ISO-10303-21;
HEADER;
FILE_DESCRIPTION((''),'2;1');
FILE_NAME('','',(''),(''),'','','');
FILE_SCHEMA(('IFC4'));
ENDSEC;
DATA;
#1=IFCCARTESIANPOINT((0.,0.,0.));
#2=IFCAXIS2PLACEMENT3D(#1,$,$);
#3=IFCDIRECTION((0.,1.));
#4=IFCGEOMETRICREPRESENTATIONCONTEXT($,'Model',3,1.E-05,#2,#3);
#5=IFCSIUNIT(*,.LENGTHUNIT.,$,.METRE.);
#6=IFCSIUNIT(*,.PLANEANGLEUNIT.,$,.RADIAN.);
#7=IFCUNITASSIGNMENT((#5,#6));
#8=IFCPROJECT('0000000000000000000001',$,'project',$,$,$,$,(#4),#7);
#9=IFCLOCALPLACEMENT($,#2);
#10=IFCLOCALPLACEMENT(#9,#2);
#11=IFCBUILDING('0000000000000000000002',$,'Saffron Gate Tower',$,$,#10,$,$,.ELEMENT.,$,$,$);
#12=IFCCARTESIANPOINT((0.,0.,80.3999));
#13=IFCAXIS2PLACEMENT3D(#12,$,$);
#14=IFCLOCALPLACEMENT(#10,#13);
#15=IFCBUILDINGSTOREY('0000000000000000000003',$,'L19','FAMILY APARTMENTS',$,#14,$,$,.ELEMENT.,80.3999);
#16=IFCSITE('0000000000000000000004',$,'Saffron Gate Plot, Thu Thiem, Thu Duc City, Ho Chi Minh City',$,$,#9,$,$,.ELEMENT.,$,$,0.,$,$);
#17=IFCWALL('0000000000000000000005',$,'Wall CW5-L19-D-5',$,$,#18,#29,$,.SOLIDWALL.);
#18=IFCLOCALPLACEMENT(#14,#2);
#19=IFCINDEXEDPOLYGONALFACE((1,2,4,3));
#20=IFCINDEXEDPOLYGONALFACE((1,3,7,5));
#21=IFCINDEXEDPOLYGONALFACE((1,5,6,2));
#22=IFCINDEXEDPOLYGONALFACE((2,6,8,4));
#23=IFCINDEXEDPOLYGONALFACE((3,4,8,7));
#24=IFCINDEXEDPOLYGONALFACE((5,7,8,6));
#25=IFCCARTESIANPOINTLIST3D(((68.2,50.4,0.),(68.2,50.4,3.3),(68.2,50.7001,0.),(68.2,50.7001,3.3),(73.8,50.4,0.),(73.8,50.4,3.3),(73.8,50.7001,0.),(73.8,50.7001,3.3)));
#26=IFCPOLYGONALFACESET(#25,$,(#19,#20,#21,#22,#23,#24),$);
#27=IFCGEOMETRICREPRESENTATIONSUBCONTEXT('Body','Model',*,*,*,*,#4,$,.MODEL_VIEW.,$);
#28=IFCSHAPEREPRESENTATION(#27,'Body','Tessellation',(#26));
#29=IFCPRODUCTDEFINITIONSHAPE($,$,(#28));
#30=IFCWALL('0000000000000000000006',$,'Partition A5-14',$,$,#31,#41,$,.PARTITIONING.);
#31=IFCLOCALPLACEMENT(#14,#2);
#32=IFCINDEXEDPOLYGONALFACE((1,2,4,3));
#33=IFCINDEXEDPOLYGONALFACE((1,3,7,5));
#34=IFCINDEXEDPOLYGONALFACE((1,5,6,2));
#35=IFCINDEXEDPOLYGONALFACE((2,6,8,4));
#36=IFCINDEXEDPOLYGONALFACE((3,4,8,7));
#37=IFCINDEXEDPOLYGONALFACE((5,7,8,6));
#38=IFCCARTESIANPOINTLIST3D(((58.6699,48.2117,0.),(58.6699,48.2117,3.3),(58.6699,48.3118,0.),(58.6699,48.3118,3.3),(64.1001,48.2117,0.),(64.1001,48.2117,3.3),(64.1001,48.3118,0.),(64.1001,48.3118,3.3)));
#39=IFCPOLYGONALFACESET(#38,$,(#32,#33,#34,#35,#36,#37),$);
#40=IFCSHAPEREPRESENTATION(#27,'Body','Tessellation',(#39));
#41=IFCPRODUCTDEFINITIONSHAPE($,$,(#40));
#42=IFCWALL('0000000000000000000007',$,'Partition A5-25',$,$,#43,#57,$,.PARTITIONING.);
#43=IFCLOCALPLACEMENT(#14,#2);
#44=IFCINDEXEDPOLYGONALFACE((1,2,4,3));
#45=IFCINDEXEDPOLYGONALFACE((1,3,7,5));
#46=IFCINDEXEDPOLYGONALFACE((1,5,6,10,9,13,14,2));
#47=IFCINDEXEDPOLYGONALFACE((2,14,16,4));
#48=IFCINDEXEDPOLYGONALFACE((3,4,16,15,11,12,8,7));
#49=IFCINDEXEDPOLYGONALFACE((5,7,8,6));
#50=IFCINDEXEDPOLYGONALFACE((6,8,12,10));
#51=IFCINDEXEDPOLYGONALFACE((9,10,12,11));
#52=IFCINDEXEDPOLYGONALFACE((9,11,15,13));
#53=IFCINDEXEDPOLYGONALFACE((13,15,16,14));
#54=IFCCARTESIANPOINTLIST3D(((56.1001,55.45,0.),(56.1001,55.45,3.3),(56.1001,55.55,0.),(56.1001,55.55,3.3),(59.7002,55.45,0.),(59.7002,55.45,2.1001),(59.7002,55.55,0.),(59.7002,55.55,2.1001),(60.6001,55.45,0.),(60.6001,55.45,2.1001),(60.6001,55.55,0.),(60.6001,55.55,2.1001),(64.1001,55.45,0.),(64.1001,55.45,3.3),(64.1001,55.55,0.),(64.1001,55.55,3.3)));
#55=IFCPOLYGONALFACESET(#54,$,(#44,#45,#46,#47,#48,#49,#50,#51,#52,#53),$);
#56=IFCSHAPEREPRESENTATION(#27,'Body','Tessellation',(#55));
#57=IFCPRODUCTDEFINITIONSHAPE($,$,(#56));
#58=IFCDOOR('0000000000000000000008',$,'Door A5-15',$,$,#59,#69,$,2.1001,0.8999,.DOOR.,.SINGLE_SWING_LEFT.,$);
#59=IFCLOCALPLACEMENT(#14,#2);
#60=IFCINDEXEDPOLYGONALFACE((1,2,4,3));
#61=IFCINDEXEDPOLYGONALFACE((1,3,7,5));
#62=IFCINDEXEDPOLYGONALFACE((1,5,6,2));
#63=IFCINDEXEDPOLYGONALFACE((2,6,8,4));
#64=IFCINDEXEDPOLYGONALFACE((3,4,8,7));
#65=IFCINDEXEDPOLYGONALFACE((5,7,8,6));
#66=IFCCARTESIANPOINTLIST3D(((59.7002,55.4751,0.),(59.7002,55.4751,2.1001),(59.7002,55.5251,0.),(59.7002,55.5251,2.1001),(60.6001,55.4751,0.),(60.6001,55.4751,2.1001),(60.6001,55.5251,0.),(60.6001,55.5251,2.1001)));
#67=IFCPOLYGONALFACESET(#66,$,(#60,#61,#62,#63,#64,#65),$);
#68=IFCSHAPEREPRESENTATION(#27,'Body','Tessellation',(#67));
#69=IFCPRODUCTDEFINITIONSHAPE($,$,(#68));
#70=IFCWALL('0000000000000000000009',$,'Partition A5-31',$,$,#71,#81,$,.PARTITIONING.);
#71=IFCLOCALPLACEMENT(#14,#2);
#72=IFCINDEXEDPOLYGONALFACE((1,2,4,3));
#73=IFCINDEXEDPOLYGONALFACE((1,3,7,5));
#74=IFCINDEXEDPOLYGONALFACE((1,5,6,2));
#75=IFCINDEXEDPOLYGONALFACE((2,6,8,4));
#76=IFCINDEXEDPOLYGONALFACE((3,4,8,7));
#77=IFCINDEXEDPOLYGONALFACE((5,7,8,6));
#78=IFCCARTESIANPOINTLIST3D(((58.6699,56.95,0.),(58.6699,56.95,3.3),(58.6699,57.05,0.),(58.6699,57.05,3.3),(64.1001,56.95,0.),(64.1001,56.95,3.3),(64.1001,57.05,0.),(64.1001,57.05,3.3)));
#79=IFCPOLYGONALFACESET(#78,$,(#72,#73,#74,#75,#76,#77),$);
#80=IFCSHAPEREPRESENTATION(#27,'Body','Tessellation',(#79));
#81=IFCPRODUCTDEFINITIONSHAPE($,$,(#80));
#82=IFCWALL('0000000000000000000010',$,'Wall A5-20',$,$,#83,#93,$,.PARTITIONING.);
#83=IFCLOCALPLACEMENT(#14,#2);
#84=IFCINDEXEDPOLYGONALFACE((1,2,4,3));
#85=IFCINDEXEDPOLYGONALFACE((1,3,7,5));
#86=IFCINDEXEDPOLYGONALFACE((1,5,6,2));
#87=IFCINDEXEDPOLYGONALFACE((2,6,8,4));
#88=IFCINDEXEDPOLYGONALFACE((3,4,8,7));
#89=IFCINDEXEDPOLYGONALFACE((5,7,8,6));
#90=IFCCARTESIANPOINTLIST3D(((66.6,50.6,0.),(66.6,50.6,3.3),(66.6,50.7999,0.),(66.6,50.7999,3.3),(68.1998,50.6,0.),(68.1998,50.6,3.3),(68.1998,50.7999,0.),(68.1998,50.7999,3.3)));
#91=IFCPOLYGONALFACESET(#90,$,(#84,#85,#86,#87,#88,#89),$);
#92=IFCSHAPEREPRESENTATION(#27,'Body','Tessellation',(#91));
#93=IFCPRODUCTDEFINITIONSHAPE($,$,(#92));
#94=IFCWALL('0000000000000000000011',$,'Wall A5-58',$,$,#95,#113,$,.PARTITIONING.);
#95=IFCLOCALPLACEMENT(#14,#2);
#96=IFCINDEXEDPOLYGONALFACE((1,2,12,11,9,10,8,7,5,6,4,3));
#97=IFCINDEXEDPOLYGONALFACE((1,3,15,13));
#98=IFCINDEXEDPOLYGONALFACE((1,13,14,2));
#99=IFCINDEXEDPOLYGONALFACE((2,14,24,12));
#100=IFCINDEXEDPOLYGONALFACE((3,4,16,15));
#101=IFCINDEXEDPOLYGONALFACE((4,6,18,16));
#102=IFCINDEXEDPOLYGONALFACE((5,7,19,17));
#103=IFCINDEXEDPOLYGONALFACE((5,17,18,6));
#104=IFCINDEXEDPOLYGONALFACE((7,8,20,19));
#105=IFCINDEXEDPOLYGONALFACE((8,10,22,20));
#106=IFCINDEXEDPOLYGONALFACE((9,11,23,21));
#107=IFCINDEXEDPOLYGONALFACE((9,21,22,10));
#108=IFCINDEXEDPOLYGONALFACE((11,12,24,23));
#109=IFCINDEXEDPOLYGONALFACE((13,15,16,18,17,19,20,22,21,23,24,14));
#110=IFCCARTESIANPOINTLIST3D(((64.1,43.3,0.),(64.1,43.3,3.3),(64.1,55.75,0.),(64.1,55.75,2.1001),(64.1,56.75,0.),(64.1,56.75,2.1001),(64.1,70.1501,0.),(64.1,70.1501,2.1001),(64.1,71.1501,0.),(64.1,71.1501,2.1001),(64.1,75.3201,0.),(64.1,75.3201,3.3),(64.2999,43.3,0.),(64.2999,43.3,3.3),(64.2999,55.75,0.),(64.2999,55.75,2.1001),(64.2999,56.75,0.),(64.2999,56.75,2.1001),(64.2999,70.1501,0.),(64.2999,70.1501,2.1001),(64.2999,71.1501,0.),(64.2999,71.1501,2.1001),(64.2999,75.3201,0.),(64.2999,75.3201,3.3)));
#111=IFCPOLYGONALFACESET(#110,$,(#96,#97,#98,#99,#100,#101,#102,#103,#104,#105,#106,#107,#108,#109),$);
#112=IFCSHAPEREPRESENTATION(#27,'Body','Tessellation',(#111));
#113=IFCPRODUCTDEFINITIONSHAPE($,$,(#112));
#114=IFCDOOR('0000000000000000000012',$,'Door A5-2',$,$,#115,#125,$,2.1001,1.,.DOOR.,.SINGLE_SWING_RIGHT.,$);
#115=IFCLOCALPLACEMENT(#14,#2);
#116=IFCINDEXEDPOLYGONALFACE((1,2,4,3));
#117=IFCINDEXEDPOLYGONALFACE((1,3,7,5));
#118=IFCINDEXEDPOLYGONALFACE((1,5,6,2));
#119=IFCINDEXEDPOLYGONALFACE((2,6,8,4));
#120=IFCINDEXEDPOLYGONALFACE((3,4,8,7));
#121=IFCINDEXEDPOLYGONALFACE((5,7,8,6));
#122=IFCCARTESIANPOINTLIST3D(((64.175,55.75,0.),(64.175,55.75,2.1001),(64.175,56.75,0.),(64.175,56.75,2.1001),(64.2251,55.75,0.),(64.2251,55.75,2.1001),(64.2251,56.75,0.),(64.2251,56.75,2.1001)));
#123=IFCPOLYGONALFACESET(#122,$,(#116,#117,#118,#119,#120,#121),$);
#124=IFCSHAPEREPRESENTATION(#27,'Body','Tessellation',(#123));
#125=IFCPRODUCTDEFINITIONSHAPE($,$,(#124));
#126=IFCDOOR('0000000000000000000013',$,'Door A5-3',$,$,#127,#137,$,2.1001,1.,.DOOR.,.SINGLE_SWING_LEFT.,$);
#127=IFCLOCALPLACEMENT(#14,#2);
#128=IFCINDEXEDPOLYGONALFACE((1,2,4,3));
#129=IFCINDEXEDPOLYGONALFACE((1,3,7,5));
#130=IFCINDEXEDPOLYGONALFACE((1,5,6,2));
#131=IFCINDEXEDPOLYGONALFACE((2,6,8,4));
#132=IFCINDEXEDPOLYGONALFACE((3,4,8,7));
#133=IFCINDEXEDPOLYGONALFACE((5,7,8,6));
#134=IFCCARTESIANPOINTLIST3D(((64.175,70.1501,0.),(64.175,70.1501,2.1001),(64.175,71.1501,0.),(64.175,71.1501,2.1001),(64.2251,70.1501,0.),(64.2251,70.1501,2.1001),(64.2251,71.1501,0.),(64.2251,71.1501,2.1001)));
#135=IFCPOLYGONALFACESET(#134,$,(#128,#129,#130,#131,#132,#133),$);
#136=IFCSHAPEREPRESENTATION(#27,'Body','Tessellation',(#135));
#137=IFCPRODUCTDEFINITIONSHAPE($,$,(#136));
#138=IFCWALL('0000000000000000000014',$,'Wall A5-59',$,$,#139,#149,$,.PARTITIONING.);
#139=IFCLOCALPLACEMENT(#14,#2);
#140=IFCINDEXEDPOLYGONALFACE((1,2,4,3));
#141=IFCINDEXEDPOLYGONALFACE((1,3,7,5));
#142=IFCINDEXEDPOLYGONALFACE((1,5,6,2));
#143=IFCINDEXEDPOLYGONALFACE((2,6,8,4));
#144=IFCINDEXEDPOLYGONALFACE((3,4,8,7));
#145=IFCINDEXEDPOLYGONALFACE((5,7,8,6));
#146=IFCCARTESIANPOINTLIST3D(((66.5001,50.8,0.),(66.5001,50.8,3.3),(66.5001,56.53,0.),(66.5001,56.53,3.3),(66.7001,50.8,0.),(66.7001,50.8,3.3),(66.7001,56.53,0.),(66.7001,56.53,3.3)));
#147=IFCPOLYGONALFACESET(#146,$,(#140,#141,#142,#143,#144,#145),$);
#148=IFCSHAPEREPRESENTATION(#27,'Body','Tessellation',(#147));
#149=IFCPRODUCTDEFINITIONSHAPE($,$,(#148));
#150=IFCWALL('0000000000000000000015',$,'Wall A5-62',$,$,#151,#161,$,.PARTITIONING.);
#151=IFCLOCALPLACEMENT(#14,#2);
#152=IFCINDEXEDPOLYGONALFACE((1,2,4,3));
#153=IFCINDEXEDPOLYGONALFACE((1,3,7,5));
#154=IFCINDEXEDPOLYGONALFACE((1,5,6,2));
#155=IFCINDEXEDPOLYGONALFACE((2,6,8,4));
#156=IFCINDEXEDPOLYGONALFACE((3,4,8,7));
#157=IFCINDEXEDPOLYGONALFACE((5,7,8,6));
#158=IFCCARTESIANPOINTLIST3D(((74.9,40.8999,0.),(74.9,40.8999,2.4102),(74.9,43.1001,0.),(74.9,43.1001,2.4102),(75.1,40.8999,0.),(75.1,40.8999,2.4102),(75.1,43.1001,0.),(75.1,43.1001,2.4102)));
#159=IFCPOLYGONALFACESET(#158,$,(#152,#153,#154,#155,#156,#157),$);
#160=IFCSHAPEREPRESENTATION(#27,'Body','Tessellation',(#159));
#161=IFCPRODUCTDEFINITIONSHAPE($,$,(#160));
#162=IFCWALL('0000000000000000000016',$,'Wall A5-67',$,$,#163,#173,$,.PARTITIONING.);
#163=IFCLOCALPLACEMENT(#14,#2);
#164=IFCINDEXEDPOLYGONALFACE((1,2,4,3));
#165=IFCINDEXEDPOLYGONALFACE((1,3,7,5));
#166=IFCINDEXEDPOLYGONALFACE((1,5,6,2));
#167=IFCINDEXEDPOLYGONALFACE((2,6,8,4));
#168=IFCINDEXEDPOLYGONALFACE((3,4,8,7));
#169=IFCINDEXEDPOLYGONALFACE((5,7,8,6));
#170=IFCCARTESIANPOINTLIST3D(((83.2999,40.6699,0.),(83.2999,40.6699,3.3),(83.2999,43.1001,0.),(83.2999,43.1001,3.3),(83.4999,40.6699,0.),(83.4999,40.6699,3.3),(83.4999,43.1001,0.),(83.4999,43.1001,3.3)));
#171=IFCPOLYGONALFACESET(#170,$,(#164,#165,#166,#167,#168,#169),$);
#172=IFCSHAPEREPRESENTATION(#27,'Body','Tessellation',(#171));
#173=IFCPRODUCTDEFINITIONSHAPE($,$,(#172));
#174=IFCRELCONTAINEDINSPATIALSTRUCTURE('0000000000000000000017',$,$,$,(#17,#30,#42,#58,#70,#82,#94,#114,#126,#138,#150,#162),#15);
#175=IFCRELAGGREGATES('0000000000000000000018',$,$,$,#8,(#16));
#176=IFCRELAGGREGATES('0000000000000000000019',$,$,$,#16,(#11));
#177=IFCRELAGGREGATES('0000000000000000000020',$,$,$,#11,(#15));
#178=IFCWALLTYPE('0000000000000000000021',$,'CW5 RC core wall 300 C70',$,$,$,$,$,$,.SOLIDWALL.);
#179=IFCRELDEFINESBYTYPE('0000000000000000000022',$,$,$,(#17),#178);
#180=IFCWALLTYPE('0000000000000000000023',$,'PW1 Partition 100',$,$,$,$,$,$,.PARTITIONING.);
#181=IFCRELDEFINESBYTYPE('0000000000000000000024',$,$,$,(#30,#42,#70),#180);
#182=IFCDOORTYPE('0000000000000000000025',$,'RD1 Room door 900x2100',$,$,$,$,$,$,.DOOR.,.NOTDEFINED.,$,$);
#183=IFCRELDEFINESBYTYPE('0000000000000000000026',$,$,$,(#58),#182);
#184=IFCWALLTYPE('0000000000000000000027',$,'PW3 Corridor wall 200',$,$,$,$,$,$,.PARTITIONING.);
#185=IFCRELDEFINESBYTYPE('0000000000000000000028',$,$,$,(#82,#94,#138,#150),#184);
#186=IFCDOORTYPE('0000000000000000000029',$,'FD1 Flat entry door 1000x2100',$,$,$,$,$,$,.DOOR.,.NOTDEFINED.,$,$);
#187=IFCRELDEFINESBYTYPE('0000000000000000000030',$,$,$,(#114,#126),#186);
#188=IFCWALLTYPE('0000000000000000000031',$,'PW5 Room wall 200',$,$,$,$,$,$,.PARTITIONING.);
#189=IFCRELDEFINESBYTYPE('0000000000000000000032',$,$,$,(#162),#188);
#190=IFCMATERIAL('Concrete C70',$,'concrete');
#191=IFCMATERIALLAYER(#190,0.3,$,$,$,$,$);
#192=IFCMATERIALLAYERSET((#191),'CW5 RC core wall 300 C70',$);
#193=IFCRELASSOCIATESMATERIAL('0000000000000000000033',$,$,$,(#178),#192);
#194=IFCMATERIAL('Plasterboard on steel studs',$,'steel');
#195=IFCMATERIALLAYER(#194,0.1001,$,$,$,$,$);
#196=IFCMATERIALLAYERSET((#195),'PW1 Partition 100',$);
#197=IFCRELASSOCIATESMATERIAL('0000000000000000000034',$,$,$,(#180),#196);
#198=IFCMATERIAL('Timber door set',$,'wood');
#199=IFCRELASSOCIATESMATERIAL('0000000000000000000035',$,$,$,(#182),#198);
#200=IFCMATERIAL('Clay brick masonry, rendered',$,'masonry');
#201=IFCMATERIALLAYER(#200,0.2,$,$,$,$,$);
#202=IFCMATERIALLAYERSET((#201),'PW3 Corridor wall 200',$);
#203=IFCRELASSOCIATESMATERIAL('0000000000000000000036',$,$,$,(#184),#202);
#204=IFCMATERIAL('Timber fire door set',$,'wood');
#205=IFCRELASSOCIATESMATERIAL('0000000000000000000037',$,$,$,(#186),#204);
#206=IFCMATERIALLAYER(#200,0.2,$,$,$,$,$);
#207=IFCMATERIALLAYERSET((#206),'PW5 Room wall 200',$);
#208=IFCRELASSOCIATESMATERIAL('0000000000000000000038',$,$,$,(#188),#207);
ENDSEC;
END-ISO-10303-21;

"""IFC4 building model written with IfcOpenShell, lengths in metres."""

from ifc_helpers import new_model, si_unit, direction, frame, frame_2d, origin, place, context, subcontext, project, spatial, rectangle, extrude, material, layer, layer_set, type_object, element, fill, save


model = new_model("IFC4")

# Units and contexts
model_context = context("Model", 3, precision=1e-05, world=origin(), true_north=direction((0.0, 1.0)))
body_context = subcontext(model_context, "Body", "Model", "MODEL_VIEW")
ifc_project = project(units=[si_unit("LENGTHUNIT", "METRE"), si_unit("PLANEANGLEUNIT", "RADIAN")], contexts=[model_context])

# Site, building, storey
site_placement = place(None, origin())
site = spatial("IfcSite", under=ifc_project, at=site_placement, Name="Saffron Gate Plot, Thu Thiem, Thu Duc City, Ho Chi Minh City", CompositionType="ELEMENT", RefElevation=0.0)
building_placement = place(site_placement, origin())
building = spatial("IfcBuilding", under=site, at=building_placement, Name="Saffron Gate Tower", CompositionType="ELEMENT")
storey_placement = place(building_placement, frame((0.0, 0.0, 80.3999)))
storey = spatial("IfcBuildingStorey", under=building, at=storey_placement, Name="L19", Description="FAMILY APARTMENTS", CompositionType="ELEMENT", Elevation=80.3999)

# Shared definitions
ifc_material_1 = material(Name="Concrete C70", Category="concrete")

# Shared definitions
ifc_layer_1 = layer(ifc_material_1, 0.3)
ifc_layer_set_1 = layer_set([ifc_layer_1], Name="CW5 RC core wall 300 C70")
wall_type_1 = type_object("IfcWallType", Name="CW5 RC core wall 300 C70", PredefinedType="SOLIDWALL", material=ifc_layer_set_1)

# Walls
wall_1_placement = place(storey_placement, frame((68.2, 50.55, 0.0), z_axis=(0.0, 0.0, 1.0), x_axis=(1.0, 0.0, 0.0)))
element("IfcWall", 1, at=wall_1_placement, inside=storey, type_object=wall_type_1, Name="Wall CW5-L19-D-5", PredefinedType="SOLIDWALL", context=body_context, shape_type="SweptSolid", body=[
    extrude(rectangle(XDim=5.6001, YDim=0.3, at=frame_2d((2.8, 0.0))), origin(), (0.0, 0.0, 1.0), 3.3),
])
ifc_material_2 = material(Name="Plasterboard on steel studs", Category="steel")
ifc_layer_2 = layer(ifc_material_2, 0.1001)
ifc_layer_set_2 = layer_set([ifc_layer_2], Name="PW1 Partition 100")
wall_type_2 = type_object("IfcWallType", Name="PW1 Partition 100", PredefinedType="PARTITIONING", material=ifc_layer_set_2)
wall_2_placement = place(storey_placement, frame((58.6699, 48.2617, 0.0), z_axis=(0.0, 0.0, 1.0), x_axis=(1.0, 0.0, 0.0)))
element("IfcWall", 2, at=wall_2_placement, inside=storey, type_object=wall_type_2, Name="Partition A5-14", PredefinedType="PARTITIONING", context=body_context, shape_type="SweptSolid", body=[
    extrude(rectangle(XDim=5.4302, YDim=0.1001, at=frame_2d((2.7151, 0.0))), origin(), (0.0, 0.0, 1.0), 3.3),
])

# Wall, opening, door
wall_3_placement = place(storey_placement, frame((64.1001, 55.5, 0.0), z_axis=(0.0, 0.0, 1.0), x_axis=(-1.0, 0.0, 0.0)))
wall_3 = element("IfcWall", 3, at=wall_3_placement, inside=storey, type_object=wall_type_2, Name="Partition A5-25", PredefinedType="PARTITIONING", context=body_context, shape_type="SweptSolid", body=[
    extrude(rectangle(XDim=8.0, YDim=0.1001, at=frame_2d((4.0, 0.0))), origin(), (0.0, 0.0, 1.0), 3.3),
])
opening_1_placement = place(wall_3_placement, frame((3.5, 0.0, 0.0)))
opening_1 = element("IfcOpeningElement", 4, at=opening_1_placement, cuts=wall_3, PredefinedType="OPENING", context=body_context, shape_type="SweptSolid", body=[
    extrude(rectangle(XDim=0.8999, YDim=2.1001, at=frame_2d((0.45, 1.05))), frame((0.0, 0.0601, 0.0), z_axis=(0.0, -1.0, 0.0), x_axis=(1.0, 0.0, 0.0)), (0.0, 0.0, 1.0), 0.1201),
])
ifc_material_3 = material(Name="Timber door set", Category="wood")
door_type_1 = type_object("IfcDoorType", Name="RD1 Room door 900x2100", OperationType="NOTDEFINED", PredefinedType="DOOR", material=ifc_material_3)
door_1_placement = place(opening_1_placement, origin())
door_1 = element("IfcDoor", 5, at=door_1_placement, inside=storey, type_object=door_type_1, Name="Door A5-15", OperationType="SINGLE_SWING_LEFT", OverallHeight=2.1001, OverallWidth=0.8999, PredefinedType="DOOR", context=body_context, shape_type="SweptSolid", body=[
    extrude(rectangle(XDim=0.8999, YDim=2.1001, at=frame_2d((0.45, 1.05))), frame((0.0, 0.0249, 0.0), z_axis=(0.0, -1.0, 0.0), x_axis=(1.0, 0.0, 0.0)), (0.0, 0.0, 1.0), 0.05),
])
fill(opening_1, door_1)

# Walls
wall_4_placement = place(storey_placement, frame((58.6699, 57.0, 0.0), z_axis=(0.0, 0.0, 1.0), x_axis=(1.0, 0.0, 0.0)))
element("IfcWall", 6, at=wall_4_placement, inside=storey, type_object=wall_type_2, Name="Partition A5-31", PredefinedType="PARTITIONING", context=body_context, shape_type="SweptSolid", body=[
    extrude(rectangle(XDim=5.4302, YDim=0.1001, at=frame_2d((2.7151, 0.0))), origin(), (0.0, 0.0, 1.0), 3.3),
])
ifc_material_4 = material(Name="Clay brick masonry, rendered", Category="masonry")
ifc_layer_3 = layer(ifc_material_4, 0.2)
ifc_layer_set_3 = layer_set([ifc_layer_3], Name="PW3 Corridor wall 200")
wall_type_3 = type_object("IfcWallType", Name="PW3 Corridor wall 200", PredefinedType="PARTITIONING", material=ifc_layer_set_3)
wall_5_placement = place(storey_placement, frame((66.6001, 50.7, 0.0), z_axis=(0.0, 0.0, 1.0), x_axis=(1.0, 0.0, 0.0)))
element("IfcWall", 7, at=wall_5_placement, inside=storey, type_object=wall_type_3, Name="Wall A5-20", PredefinedType="PARTITIONING", context=body_context, shape_type="SweptSolid", body=[
    extrude(rectangle(XDim=1.5999, YDim=0.2, at=frame_2d((0.7998, 0.0))), origin(), (0.0, 0.0, 1.0), 3.3),
])

# Wall, openings, doors
wall_6_placement = place(storey_placement, frame((64.2, 43.3, 0.0), z_axis=(0.0, 0.0, 1.0), x_axis=(0.0, 1.0, 0.0)))
wall_6 = element("IfcWall", 8, at=wall_6_placement, inside=storey, type_object=wall_type_3, Name="Wall A5-58", PredefinedType="PARTITIONING", context=body_context, shape_type="SweptSolid", body=[
    extrude(rectangle(XDim=32.02, YDim=0.2, at=frame_2d((16.01, 0.0))), origin(), (0.0, 0.0, 1.0), 3.3),
])
opening_2_placement = place(wall_6_placement, frame((12.45, 0.0, 0.0)))
opening_2 = element("IfcOpeningElement", 9, at=opening_2_placement, cuts=wall_6, PredefinedType="OPENING", context=body_context, shape_type="SweptSolid", body=[
    extrude(rectangle(XDim=1.0, YDim=2.1001, at=frame_2d((0.5, 1.05))), frame((0.0, 0.1099, 0.0), z_axis=(0.0, -1.0, 0.0), x_axis=(1.0, 0.0, 0.0)), (0.0, 0.0, 1.0), 0.22),
])
opening_3_placement = place(wall_6_placement, frame((26.8501, 0.0, 0.0)))
opening_3 = element("IfcOpeningElement", 10, at=opening_3_placement, cuts=wall_6, PredefinedType="OPENING", context=body_context, shape_type="SweptSolid", body=[
    extrude(rectangle(XDim=1.0, YDim=2.1001, at=frame_2d((0.5, 1.05))), frame((0.0, 0.1099, 0.0), z_axis=(0.0, -1.0, 0.0), x_axis=(1.0, 0.0, 0.0)), (0.0, 0.0, 1.0), 0.22),
])
ifc_material_5 = material(Name="Timber fire door set", Category="wood")
door_type_2 = type_object("IfcDoorType", Name="FD1 Flat entry door 1000x2100", OperationType="NOTDEFINED", PredefinedType="DOOR", material=ifc_material_5)
door_2_placement = place(opening_2_placement, origin())
door_2 = element("IfcDoor", 11, at=door_2_placement, inside=storey, type_object=door_type_2, Name="Door A5-2", OperationType="SINGLE_SWING_RIGHT", OverallHeight=2.1001, OverallWidth=1.0, PredefinedType="DOOR", context=body_context, shape_type="SweptSolid", body=[
    extrude(rectangle(XDim=1.0, YDim=2.1001, at=frame_2d((0.5, 1.05))), frame((0.0, 0.0249, 0.0), z_axis=(0.0, -1.0, 0.0), x_axis=(1.0, 0.0, 0.0)), (0.0, 0.0, 1.0), 0.05),
])
fill(opening_2, door_2)
door_3_placement = place(opening_3_placement, origin())
door_3 = element("IfcDoor", 12, at=door_3_placement, inside=storey, type_object=door_type_2, Name="Door A5-3", OperationType="SINGLE_SWING_LEFT", OverallHeight=2.1001, OverallWidth=1.0, PredefinedType="DOOR", context=body_context, shape_type="SweptSolid", body=[
    extrude(rectangle(XDim=1.0, YDim=2.1001, at=frame_2d((0.5, 1.05))), frame((0.0, 0.0249, 0.0), z_axis=(0.0, -1.0, 0.0), x_axis=(1.0, 0.0, 0.0)), (0.0, 0.0, 1.0), 0.05),
])
fill(opening_3, door_3)

# Walls
wall_7_placement = place(storey_placement, frame((66.6001, 56.53, 0.0), z_axis=(0.0, 0.0, 1.0), x_axis=(0.0, -1.0, 0.0)))
element("IfcWall", 13, at=wall_7_placement, inside=storey, type_object=wall_type_3, Name="Wall A5-59", PredefinedType="PARTITIONING", context=body_context, shape_type="SweptSolid", body=[
    extrude(rectangle(XDim=5.73, YDim=0.2, at=frame_2d((2.865, 0.0))), origin(), (0.0, 0.0, 1.0), 3.3),
])
wall_8_placement = place(storey_placement, frame((75.0, 43.1001, 0.0), z_axis=(0.0, 0.0, 1.0), x_axis=(0.0, -1.0, 0.0)))
element("IfcWall", 14, at=wall_8_placement, inside=storey, type_object=wall_type_3, Name="Wall A5-62", PredefinedType="PARTITIONING", context=body_context, shape_type="SweptSolid", body=[
    extrude(rectangle(XDim=2.2002, YDim=0.2, at=frame_2d((1.1001, 0.0))), origin(), (0.0, 0.0, 1.0), 2.4102),
])
ifc_layer_4 = layer(ifc_material_4, 0.2)
ifc_layer_set_4 = layer_set([ifc_layer_4], Name="PW5 Room wall 200")
wall_type_4 = type_object("IfcWallType", Name="PW5 Room wall 200", PredefinedType="PARTITIONING", material=ifc_layer_set_4)
wall_9_placement = place(storey_placement, frame((83.3999, 43.1001, 0.0), z_axis=(0.0, 0.0, 1.0), x_axis=(0.0, -1.0, 0.0)))
element("IfcWall", 15, at=wall_9_placement, inside=storey, type_object=wall_type_4, Name="Wall A5-67", PredefinedType="PARTITIONING", context=body_context, shape_type="SweptSolid", body=[
    extrude(rectangle(XDim=2.4302, YDim=0.2, at=frame_2d((1.2151, 0.0))), origin(), (0.0, 0.0, 1.0), 3.3),
])

save(model, "model.ifc")
